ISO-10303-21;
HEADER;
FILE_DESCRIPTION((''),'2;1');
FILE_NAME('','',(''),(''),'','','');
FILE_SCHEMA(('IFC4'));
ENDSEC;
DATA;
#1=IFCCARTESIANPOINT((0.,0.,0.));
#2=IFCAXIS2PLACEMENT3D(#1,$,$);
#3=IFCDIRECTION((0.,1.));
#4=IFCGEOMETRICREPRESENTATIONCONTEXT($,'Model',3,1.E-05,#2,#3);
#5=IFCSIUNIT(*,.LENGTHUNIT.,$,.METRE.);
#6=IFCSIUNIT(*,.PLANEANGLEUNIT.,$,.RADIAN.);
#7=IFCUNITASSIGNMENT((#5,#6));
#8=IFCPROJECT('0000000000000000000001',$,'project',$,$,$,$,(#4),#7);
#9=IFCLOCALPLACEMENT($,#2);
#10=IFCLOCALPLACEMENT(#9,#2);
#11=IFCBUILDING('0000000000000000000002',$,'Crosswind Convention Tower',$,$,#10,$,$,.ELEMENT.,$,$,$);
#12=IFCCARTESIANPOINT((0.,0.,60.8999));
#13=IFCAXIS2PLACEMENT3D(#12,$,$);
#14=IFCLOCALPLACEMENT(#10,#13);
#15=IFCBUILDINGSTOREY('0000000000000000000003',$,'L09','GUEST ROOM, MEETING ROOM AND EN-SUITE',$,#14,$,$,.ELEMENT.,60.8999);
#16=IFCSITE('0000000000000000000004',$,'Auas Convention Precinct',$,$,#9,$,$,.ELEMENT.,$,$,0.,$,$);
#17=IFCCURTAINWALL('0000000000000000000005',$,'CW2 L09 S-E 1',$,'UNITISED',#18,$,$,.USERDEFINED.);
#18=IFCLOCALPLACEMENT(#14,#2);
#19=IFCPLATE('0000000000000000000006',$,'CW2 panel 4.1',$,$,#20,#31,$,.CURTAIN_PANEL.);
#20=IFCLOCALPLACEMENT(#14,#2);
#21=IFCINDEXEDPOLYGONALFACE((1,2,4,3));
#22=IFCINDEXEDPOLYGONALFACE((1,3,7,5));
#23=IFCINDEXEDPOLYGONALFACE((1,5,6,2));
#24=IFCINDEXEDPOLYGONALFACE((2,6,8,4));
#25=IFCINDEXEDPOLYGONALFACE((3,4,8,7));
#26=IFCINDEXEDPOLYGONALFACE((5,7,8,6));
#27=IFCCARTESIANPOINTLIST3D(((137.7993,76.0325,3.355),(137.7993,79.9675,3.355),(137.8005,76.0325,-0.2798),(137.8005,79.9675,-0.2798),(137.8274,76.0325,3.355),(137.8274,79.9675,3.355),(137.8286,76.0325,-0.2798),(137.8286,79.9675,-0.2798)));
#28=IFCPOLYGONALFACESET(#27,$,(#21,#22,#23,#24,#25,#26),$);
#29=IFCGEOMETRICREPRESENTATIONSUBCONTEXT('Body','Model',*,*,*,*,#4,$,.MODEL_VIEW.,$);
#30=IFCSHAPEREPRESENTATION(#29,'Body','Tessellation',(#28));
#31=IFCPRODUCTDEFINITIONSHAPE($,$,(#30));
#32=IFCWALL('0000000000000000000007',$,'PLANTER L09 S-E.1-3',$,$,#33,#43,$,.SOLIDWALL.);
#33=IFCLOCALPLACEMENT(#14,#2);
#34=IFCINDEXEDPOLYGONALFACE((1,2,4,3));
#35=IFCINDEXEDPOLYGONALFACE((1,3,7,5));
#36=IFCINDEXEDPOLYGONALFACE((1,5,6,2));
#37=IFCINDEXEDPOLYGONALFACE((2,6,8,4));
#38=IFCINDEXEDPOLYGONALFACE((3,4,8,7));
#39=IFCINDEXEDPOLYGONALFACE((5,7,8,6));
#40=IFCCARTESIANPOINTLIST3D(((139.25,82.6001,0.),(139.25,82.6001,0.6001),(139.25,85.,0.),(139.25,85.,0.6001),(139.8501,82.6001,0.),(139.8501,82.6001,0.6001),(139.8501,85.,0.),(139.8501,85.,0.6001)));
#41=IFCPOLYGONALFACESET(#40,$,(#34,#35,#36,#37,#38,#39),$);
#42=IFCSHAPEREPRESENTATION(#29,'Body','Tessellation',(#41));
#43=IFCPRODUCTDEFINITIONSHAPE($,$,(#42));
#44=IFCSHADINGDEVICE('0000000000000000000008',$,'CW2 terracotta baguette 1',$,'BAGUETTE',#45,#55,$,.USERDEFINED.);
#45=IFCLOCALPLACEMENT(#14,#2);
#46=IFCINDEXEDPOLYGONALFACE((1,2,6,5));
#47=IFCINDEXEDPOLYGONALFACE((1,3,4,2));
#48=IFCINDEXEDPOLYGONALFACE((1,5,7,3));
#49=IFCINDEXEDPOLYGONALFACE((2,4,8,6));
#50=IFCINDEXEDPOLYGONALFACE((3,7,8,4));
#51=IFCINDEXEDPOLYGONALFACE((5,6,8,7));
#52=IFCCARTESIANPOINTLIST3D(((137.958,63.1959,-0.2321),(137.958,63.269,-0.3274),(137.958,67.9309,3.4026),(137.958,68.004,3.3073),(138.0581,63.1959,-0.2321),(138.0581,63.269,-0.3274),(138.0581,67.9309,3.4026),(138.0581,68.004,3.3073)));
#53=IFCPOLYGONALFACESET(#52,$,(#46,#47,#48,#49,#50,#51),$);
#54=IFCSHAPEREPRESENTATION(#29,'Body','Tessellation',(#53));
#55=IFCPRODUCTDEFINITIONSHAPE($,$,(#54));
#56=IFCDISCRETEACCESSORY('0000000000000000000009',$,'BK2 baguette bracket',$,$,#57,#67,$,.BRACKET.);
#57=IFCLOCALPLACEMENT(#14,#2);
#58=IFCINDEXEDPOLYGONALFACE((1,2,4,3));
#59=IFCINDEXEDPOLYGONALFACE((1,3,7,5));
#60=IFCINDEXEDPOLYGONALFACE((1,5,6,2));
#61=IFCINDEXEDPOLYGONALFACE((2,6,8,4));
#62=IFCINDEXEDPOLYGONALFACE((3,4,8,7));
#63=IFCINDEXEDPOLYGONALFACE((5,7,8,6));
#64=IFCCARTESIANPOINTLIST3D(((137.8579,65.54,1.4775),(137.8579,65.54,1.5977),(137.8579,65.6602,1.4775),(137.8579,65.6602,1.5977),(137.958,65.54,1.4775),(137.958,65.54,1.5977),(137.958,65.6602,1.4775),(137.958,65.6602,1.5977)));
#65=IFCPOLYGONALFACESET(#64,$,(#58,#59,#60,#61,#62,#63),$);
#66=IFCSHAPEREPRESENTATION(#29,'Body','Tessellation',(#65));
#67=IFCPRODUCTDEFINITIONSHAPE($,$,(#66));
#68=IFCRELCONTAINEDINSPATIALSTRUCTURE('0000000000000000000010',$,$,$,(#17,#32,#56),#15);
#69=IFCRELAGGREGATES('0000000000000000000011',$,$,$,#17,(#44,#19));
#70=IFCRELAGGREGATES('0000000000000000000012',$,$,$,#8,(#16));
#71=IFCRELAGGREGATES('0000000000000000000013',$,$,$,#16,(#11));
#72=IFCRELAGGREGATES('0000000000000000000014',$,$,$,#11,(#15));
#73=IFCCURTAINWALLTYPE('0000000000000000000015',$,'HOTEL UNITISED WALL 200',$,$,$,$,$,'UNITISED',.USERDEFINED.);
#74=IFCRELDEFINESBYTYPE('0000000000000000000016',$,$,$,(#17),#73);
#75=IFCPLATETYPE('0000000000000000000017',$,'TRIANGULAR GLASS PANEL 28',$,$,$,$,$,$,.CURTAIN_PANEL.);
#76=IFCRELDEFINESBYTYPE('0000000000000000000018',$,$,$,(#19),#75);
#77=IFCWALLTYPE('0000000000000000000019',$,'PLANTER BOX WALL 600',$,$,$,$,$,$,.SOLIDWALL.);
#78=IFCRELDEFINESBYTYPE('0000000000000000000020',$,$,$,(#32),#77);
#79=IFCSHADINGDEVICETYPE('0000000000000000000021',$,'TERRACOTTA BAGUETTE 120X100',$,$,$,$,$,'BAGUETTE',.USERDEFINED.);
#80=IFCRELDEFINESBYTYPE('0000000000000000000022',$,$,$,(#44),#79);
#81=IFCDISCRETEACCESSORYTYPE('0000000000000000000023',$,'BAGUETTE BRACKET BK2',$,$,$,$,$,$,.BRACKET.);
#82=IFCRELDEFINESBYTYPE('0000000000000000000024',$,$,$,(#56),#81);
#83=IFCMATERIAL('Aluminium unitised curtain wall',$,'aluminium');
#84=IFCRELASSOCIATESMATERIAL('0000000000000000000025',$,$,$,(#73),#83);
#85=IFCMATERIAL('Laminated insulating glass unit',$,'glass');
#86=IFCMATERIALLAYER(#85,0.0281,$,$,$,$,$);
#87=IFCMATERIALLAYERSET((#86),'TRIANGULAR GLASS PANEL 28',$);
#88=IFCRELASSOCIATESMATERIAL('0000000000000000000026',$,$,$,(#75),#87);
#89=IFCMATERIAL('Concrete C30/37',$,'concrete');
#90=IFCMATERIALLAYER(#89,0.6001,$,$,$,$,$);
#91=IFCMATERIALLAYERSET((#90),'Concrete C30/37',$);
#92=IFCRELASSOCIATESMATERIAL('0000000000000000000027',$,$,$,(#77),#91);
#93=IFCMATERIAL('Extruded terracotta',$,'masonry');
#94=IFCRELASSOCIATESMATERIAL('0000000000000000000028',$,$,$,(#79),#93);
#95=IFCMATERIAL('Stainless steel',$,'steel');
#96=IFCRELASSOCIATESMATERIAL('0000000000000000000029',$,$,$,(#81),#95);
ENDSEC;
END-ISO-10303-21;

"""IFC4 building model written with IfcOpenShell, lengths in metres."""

from ifc_helpers import new_model, si_unit, direction, frame, frame_2d, origin, origin_2d, place, context, subcontext, project, spatial, polyline, rectangle, outline, extrude, material, layer, layer_set, material_profile, profile_set, type_object, element, aggregate, save


model = new_model("IFC4")

# Units and contexts
model_context = context("Model", 3, precision=1e-05, world=origin(), true_north=direction((0.0, 1.0)))
body_context = subcontext(model_context, "Body", "Model", "MODEL_VIEW")
ifc_project = project(units=[si_unit("LENGTHUNIT", "METRE"), si_unit("PLANEANGLEUNIT", "RADIAN")], contexts=[model_context])

# Site, building, storey
site_placement = place(None, origin())
site = spatial("IfcSite", under=ifc_project, at=site_placement, Name="Auas Convention Precinct", CompositionType="ELEMENT", RefElevation=0.0)
building_placement = place(site_placement, origin())
building = spatial("IfcBuilding", under=site, at=building_placement, Name="Crosswind Convention Tower", CompositionType="ELEMENT")
storey_placement = place(building_placement, frame((0.0, 0.0, 60.8999)))
storey = spatial("IfcBuildingStorey", under=building, at=storey_placement, Name="L09", Description="GUEST ROOM, MEETING ROOM AND EN-SUITE", CompositionType="ELEMENT", Elevation=60.8999)

# Shared definitions
ifc_material_1 = material(Name="Aluminium unitised curtain wall", Category="aluminium")
curtain_wall_type = type_object("IfcCurtainWallType", Name="HOTEL UNITISED WALL 200", ElementType="UNITISED", PredefinedType="USERDEFINED", material=ifc_material_1)

# Curtain wall, plate
curtain_wall_1_placement = place(storey_placement, origin())
curtain_wall_1 = element("IfcCurtainWall", 1, at=curtain_wall_1_placement, inside=storey, type_object=curtain_wall_type, Name="CW2 L09 S-E 1", ObjectType="UNITISED", PredefinedType="USERDEFINED")
ifc_material_2 = material(Name="Laminated insulating glass unit", Category="glass")
ifc_layer_1 = layer(ifc_material_2, 0.0281)
ifc_layer_set_1 = layer_set([ifc_layer_1], Name="TRIANGULAR GLASS PANEL 28")
plate_type = type_object("IfcPlateType", Name="TRIANGULAR GLASS PANEL 28", PredefinedType="CURTAIN_PANEL", material=ifc_layer_set_1)
plate_1_placement = place(storey_placement, frame((137.8286, 76.0325, -0.2798), z_axis=(1.0, 0.0, 0.000336), x_axis=(0.0, 1.0, 0.0)))
plate_1 = element("IfcPlate", 2, at=plate_1_placement, type_object=plate_type, Name="CW2 panel 4.1", PredefinedType="CURTAIN_PANEL", context=body_context, shape_type="SweptSolid", body=[
    extrude(outline(polyline([(0.0, 0.0), (3.9351, 0.0), (3.9351, 3.6348), (0.0, 3.6348), (0.0, 0.0)])), origin(), (0.0, 0.0, -1.0), 0.0281),
])

# Wall
ifc_material_3 = material(Name="Concrete C30/37", Category="concrete")
ifc_layer_2 = layer(ifc_material_3, 0.6001)
ifc_layer_set_2 = layer_set([ifc_layer_2], Name="Concrete C30/37")
wall_type_1 = type_object("IfcWallType", Name="PLANTER BOX WALL 600", PredefinedType="SOLIDWALL", material=ifc_layer_set_2)
wall_1_placement = place(storey_placement, frame((139.55, 82.6001, 0.0), z_axis=(0.0, 0.0, 1.0), x_axis=(0.0, 1.0, 0.0)))
element("IfcWall", 3, at=wall_1_placement, inside=storey, type_object=wall_type_1, Name="PLANTER L09 S-E.1-3", PredefinedType="SOLIDWALL", context=body_context, shape_type="SweptSolid", body=[
    extrude(rectangle(XDim=2.3999, YDim=0.6001, at=frame_2d((1.2, 0.0))), origin(), (0.0, 0.0, 1.0), 0.6001),
])

# Shading device
ifc_material_4 = material(Name="Extruded terracotta", Category="masonry")
ifc_material_profile_1 = material_profile(ifc_material_4, rectangle(XDim=0.1001, YDim=0.1201, at=origin_2d()), Name="TC 100X120")
ifc_profile_set_1 = profile_set([ifc_material_profile_1], Name="Extruded terracotta")
shading_device_type = type_object("IfcShadingDeviceType", Name="TERRACOTTA BAGUETTE 120X100", ElementType="BAGUETTE", PredefinedType="USERDEFINED", material=ifc_profile_set_1)
shading_device_placement = place(storey_placement, frame((138.0081, 63.2324, -0.2798), z_axis=(0.0, 0.793241, 0.608908), x_axis=(-1.0, 0.0, 0.0)))
shading_device = element("IfcShadingDevice", 4, at=shading_device_placement, type_object=shading_device_type, Name="CW2 terracotta baguette 1", ObjectType="BAGUETTE", PredefinedType="USERDEFINED", context=body_context, shape_type="SweptSolid", body=[
    extrude(rectangle(XDim=0.1001, YDim=0.1201, at=origin_2d()), origin(), (0.0, 0.0, 1.0), 5.9692),
])
aggregate(curtain_wall_1, [shading_device, plate_1])

# Discrete accessory
ifc_material_5 = material(Name="Stainless steel", Category="steel")
discrete_accessory_type = type_object("IfcDiscreteAccessoryType", Name="BAGUETTE BRACKET BK2", PredefinedType="BRACKET", material=ifc_material_5)
discrete_accessory_placement = place(storey_placement, frame((137.908, 65.6001, 1.4775), z_axis=(0.0, 0.0, 1.0), x_axis=(0.0, 1.0, 0.0)))
element("IfcDiscreteAccessory", 5, at=discrete_accessory_placement, inside=storey, type_object=discrete_accessory_type, Name="BK2 baguette bracket", PredefinedType="BRACKET", context=body_context, shape_type="SweptSolid", body=[
    extrude(rectangle(XDim=0.1201, YDim=0.1001, at=origin_2d()), origin(), (0.0, 0.0, 1.0), 0.1201),
])

save(model, "model.ifc")
